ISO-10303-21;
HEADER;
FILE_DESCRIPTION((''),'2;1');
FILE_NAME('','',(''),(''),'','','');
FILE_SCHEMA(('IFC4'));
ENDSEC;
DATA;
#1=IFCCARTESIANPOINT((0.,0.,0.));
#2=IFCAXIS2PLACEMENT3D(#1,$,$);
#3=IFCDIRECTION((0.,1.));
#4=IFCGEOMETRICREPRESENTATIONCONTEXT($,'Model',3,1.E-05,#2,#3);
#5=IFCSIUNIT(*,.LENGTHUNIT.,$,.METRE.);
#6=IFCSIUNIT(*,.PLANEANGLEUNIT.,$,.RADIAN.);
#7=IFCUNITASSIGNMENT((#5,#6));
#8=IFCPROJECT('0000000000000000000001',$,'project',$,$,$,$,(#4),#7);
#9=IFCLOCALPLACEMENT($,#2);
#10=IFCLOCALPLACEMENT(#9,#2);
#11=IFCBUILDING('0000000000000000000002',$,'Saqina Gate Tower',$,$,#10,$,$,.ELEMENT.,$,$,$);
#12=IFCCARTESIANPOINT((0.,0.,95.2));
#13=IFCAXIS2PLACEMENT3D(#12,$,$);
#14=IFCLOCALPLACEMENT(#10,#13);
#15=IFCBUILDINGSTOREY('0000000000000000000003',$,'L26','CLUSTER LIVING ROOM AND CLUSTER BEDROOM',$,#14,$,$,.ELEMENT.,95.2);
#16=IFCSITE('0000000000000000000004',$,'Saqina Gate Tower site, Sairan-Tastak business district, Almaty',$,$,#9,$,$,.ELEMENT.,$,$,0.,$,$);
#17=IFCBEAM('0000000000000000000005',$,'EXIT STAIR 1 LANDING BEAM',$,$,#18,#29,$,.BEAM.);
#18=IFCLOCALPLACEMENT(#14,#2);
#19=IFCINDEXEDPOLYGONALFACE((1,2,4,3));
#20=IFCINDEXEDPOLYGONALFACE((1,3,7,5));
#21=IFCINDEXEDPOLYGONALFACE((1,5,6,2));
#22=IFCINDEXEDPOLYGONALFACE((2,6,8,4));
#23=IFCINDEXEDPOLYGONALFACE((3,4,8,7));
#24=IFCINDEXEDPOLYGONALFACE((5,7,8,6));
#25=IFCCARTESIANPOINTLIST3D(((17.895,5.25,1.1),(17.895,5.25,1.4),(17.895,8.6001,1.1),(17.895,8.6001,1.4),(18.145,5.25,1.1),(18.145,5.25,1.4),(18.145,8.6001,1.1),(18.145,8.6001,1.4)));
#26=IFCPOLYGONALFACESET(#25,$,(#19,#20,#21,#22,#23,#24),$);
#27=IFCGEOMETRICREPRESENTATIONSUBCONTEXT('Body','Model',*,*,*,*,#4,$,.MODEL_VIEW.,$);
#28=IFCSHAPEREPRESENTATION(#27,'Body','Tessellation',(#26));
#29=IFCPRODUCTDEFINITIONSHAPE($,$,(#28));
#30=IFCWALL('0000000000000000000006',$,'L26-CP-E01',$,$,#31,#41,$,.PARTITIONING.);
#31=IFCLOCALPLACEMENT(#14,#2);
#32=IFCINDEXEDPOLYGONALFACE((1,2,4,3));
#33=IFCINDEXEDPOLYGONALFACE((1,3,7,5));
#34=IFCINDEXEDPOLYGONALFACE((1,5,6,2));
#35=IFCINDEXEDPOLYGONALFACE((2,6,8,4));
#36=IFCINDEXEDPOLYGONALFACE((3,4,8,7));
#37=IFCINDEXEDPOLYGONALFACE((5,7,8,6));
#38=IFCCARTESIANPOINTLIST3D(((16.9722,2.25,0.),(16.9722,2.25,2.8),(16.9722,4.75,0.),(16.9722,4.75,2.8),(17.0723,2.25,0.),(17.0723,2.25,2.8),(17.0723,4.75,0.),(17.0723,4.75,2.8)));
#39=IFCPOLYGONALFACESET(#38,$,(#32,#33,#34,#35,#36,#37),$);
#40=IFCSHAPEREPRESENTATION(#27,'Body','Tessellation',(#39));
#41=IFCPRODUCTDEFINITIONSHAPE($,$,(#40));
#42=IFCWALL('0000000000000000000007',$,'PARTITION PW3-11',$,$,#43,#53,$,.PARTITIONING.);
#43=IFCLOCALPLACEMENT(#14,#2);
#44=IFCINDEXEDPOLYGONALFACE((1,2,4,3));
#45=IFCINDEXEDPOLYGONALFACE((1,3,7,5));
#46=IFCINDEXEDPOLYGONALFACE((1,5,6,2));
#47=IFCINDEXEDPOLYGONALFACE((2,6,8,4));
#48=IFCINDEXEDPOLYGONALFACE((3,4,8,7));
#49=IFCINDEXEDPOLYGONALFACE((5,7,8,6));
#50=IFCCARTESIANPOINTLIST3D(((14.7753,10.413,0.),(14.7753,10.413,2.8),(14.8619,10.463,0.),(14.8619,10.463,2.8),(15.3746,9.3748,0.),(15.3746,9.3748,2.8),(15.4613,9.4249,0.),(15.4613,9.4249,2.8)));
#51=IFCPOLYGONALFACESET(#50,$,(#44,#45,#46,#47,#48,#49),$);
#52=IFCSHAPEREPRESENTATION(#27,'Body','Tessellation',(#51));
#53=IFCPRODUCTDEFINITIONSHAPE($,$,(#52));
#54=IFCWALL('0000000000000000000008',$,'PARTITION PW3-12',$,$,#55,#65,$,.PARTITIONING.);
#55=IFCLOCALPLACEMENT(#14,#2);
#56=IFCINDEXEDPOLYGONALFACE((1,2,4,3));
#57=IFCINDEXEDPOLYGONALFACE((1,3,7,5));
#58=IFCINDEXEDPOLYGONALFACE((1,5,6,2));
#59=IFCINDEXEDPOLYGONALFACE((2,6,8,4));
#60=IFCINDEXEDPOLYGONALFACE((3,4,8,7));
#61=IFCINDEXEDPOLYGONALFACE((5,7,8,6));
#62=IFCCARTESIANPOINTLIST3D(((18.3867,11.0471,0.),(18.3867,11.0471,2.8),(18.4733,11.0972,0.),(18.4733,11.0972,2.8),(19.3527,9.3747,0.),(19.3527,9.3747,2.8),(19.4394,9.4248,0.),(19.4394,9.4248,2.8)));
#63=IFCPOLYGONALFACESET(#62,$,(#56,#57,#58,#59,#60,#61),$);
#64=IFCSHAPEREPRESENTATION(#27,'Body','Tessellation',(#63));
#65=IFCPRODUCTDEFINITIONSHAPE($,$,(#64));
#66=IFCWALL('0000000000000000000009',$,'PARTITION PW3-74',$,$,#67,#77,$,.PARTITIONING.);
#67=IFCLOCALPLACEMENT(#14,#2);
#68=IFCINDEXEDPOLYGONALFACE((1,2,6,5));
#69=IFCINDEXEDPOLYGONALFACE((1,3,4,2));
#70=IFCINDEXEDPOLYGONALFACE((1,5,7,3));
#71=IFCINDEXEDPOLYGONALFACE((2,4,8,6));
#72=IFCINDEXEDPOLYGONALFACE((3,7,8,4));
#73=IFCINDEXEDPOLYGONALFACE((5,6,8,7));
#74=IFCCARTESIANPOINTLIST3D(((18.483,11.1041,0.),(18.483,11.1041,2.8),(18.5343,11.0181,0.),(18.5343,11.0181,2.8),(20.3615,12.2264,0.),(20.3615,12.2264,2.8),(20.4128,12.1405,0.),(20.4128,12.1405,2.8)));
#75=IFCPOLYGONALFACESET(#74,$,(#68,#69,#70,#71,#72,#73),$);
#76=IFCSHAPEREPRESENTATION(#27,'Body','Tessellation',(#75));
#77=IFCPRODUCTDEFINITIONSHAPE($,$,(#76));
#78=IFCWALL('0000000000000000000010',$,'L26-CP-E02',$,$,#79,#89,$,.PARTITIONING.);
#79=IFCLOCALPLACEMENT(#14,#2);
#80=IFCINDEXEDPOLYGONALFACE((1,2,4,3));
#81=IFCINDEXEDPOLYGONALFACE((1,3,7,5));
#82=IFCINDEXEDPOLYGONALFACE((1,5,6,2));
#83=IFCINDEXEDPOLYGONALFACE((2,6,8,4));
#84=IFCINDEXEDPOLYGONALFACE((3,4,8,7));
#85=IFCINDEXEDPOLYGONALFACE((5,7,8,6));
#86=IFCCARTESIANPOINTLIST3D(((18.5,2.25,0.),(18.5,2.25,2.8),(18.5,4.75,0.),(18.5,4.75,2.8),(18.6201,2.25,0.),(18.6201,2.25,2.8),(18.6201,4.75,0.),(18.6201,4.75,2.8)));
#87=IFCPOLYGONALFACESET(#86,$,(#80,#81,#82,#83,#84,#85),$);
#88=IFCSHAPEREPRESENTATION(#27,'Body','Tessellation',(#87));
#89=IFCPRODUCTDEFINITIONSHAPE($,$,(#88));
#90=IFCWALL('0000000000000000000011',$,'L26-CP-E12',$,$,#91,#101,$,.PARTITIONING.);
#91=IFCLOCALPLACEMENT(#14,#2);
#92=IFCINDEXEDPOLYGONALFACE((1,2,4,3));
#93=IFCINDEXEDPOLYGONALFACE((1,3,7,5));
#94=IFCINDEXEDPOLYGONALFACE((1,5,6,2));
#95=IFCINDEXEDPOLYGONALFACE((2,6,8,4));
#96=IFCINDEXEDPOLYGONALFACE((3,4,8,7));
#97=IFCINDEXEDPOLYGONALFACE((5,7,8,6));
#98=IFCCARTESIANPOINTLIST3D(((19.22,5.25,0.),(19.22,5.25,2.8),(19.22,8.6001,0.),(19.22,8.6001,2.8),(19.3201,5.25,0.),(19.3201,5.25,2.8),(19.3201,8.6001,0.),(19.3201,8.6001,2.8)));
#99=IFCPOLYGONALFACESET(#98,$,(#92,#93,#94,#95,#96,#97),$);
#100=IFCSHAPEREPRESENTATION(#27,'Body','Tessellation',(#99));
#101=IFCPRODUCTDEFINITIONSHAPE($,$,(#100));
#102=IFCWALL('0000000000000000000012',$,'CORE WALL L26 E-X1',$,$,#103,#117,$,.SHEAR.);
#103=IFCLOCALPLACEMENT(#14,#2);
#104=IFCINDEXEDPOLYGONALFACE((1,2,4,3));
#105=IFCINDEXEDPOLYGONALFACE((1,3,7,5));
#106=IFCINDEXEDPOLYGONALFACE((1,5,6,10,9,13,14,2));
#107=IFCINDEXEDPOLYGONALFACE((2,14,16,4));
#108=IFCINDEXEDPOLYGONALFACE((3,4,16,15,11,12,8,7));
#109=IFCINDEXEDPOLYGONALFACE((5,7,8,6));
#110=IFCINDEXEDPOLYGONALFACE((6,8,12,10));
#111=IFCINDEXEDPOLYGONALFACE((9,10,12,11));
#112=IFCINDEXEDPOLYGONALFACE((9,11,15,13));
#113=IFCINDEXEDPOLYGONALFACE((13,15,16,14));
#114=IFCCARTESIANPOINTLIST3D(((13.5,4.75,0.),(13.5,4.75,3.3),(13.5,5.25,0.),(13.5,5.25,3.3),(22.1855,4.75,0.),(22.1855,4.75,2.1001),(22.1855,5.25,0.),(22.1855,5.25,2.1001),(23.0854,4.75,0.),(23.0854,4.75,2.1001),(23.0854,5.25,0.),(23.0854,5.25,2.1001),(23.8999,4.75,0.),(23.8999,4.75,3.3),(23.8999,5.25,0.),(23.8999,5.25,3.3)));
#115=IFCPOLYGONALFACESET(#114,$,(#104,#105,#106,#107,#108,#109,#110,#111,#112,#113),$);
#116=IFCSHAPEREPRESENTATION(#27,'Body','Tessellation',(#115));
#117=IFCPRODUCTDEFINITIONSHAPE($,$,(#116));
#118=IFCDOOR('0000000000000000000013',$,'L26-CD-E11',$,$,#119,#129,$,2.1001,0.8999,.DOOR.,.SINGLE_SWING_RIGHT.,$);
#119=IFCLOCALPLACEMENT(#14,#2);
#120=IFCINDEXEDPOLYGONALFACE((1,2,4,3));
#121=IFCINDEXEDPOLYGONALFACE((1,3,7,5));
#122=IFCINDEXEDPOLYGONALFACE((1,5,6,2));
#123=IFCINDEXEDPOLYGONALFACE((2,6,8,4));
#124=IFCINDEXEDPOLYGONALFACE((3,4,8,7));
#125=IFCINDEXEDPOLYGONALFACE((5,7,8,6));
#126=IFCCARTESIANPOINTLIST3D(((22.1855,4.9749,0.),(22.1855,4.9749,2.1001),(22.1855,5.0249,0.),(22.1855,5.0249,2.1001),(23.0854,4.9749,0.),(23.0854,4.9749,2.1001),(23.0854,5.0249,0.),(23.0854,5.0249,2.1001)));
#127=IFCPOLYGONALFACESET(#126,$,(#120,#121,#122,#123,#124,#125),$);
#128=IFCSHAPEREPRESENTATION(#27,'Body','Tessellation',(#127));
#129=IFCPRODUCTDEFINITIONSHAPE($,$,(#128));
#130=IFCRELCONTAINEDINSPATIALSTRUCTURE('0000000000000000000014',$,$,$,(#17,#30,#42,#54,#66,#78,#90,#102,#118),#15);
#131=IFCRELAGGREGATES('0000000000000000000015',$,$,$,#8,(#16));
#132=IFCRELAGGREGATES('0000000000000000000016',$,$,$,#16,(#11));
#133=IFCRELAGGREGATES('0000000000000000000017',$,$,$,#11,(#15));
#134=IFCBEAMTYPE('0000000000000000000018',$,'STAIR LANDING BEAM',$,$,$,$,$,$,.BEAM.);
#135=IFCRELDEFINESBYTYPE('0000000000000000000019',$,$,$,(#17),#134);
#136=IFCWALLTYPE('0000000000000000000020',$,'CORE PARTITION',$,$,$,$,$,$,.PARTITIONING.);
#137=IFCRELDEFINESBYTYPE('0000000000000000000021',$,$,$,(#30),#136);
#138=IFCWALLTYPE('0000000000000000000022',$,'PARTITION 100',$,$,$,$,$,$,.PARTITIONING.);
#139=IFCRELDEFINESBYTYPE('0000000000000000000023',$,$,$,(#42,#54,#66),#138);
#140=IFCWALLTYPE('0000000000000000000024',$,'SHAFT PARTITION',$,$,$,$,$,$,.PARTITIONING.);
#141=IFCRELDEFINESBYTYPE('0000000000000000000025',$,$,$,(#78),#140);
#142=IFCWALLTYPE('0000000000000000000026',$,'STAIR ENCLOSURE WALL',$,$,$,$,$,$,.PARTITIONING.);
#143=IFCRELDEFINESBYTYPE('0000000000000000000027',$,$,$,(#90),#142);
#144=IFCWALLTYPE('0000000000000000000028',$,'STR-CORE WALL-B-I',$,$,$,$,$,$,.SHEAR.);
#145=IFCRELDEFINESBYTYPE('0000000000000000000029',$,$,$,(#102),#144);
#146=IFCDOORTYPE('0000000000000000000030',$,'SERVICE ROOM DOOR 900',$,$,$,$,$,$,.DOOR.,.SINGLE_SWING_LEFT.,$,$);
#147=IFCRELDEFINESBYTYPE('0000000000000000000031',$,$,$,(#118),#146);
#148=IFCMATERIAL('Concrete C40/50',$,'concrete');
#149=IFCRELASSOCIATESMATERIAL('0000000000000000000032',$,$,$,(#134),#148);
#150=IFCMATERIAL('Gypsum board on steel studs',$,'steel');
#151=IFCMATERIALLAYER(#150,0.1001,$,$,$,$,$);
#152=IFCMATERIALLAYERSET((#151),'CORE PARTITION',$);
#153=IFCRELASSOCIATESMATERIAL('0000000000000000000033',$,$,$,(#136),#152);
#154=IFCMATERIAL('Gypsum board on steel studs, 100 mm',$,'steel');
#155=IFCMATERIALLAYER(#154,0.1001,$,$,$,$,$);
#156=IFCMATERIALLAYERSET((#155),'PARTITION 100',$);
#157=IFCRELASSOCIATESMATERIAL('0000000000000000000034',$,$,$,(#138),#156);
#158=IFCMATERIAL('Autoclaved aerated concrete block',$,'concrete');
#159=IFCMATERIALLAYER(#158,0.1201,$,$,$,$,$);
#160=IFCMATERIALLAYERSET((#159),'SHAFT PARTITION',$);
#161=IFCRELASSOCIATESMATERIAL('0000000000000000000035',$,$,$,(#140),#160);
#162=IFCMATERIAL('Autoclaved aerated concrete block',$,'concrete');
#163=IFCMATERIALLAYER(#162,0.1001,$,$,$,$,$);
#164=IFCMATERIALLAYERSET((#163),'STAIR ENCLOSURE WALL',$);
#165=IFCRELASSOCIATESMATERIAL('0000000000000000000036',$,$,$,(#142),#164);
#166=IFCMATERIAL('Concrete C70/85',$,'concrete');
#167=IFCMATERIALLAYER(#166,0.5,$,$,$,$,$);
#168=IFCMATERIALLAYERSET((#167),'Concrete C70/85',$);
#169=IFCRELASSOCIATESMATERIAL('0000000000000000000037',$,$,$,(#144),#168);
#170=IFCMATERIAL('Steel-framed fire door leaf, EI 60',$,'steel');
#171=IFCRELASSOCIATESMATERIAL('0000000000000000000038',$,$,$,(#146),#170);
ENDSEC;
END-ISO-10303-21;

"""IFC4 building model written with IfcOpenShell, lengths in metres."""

from ifc_helpers import new_model, si_unit, direction, frame, frame_2d, origin, origin_2d, place, context, subcontext, project, spatial, rectangle, extrude, material, layer, layer_set, material_profile, profile_set, type_object, element, fill, save


model = new_model("IFC4")

# Units and contexts
model_context = context("Model", 3, precision=1e-05, world=origin(), true_north=direction((0.0, 1.0)))
body_context = subcontext(model_context, "Body", "Model", "MODEL_VIEW")
ifc_project = project(units=[si_unit("LENGTHUNIT", "METRE"), si_unit("PLANEANGLEUNIT", "RADIAN")], contexts=[model_context])

# Site, building, storey
site_placement = place(None, origin())
site = spatial("IfcSite", under=ifc_project, at=site_placement, Name="Saqina Gate Tower site, Sairan-Tastak business district, Almaty", CompositionType="ELEMENT", RefElevation=0.0)
building_placement = place(site_placement, origin())
building = spatial("IfcBuilding", under=site, at=building_placement, Name="Saqina Gate Tower", CompositionType="ELEMENT")
storey_placement = place(building_placement, frame((0.0, 0.0, 95.2)))
storey = spatial("IfcBuildingStorey", under=building, at=storey_placement, Name="L26", Description="CLUSTER LIVING ROOM AND CLUSTER BEDROOM", CompositionType="ELEMENT", Elevation=95.2)

# Beam
ifc_material_1 = material(Name="Concrete C40/50", Category="concrete")
ifc_material_profile = material_profile(ifc_material_1, rectangle(XDim=0.25, YDim=0.3, at=origin_2d()), Name="STAIR LANDING BEAM")
ifc_profile_set = profile_set([ifc_material_profile], Name="Concrete C40/50")
beam_type = type_object("IfcBeamType", Name="STAIR LANDING BEAM", PredefinedType="BEAM", material=ifc_profile_set)
beam_placement = place(storey_placement, frame((18.02, 5.25, 1.25), z_axis=(0.0, 1.0, 0.0), x_axis=(-1.0, 0.0, 0.0)))
element("IfcBeam", 1, at=beam_placement, inside=storey, type_object=beam_type, Name="EXIT STAIR 1 LANDING BEAM", PredefinedType="BEAM", context=body_context, shape_type="SweptSolid", body=[
    extrude(rectangle(XDim=0.25, YDim=0.3, at=origin_2d()), origin(), (0.0, 0.0, 1.0), 3.3501),
])

# Walls
ifc_material_2 = material(Name="Gypsum board on steel studs", Category="steel")
ifc_layer_1 = layer(ifc_material_2, 0.1001)
ifc_layer_set_1 = layer_set([ifc_layer_1], Name="CORE PARTITION")
wall_type_1 = type_object("IfcWallType", Name="CORE PARTITION", PredefinedType="PARTITIONING", material=ifc_layer_set_1)
wall_1_placement = place(storey_placement, frame((17.0222, 2.25, 0.0), z_axis=(0.0, 0.0, 1.0), x_axis=(0.0, 1.0, 0.0)))
element("IfcWall", 2, at=wall_1_placement, inside=storey, type_object=wall_type_1, Name="L26-CP-E01", PredefinedType="PARTITIONING", context=body_context, shape_type="SweptSolid", body=[
    extrude(rectangle(XDim=2.5, YDim=0.1001, at=frame_2d((1.25, 0.0))), origin(), (0.0, 0.0, 1.0), 2.8),
])
ifc_material_3 = material(Name="Gypsum board on steel studs, 100 mm", Category="steel")
ifc_layer_2 = layer(ifc_material_3, 0.1001)
ifc_layer_set_2 = layer_set([ifc_layer_2], Name="PARTITION 100")
wall_type_2 = type_object("IfcWallType", Name="PARTITION 100", PredefinedType="PARTITIONING", material=ifc_layer_set_2)
wall_2_placement = place(storey_placement, frame((14.8186, 10.438, 0.0), z_axis=(0.0, 0.0, 1.0), x_axis=(0.500016, -0.866016, 0.0)))
element("IfcWall", 3, at=wall_2_placement, inside=storey, type_object=wall_type_2, Name="PARTITION PW3-11", PredefinedType="PARTITIONING", context=body_context, shape_type="SweptSolid", body=[
    extrude(rectangle(XDim=1.1987, YDim=0.1001, at=frame_2d((0.5994, 0.0))), origin(), (0.0, 0.0, 1.0), 2.8),
])
wall_3_placement = place(storey_placement, frame((18.4299, 11.0723, 0.0), z_axis=(0.0, 0.0, 1.0), x_axis=(0.500204, -0.865908, 0.0)))
element("IfcWall", 4, at=wall_3_placement, inside=storey, type_object=wall_type_2, Name="PARTITION PW3-12", PredefinedType="PARTITIONING", context=body_context, shape_type="SweptSolid", body=[
    extrude(rectangle(XDim=1.9314, YDim=0.1001, at=frame_2d((0.9658, 0.0))), origin(), (0.0, 0.0, 1.0), 2.8),
])
wall_4_placement = place(storey_placement, frame((18.5085, 11.061, 0.0), z_axis=(0.0, 0.0, 1.0), x_axis=(0.858446, 0.512903, 0.0)))
element("IfcWall", 5, at=wall_4_placement, inside=storey, type_object=wall_type_2, Name="PARTITION PW3-74", PredefinedType="PARTITIONING", context=body_context, shape_type="SweptSolid", body=[
    extrude(rectangle(XDim=2.1882, YDim=0.1001, at=frame_2d((1.0942, 0.0))), origin(), (0.0, 0.0, 1.0), 2.8),
])
ifc_material_4 = material(Name="Autoclaved aerated concrete block", Category="concrete")
ifc_layer_3 = layer(ifc_material_4, 0.1201)
ifc_layer_set_3 = layer_set([ifc_layer_3], Name="SHAFT PARTITION")
wall_type_3 = type_object("IfcWallType", Name="SHAFT PARTITION", PredefinedType="PARTITIONING", material=ifc_layer_set_3)
wall_5_placement = place(storey_placement, frame((18.5601, 2.25, 0.0), z_axis=(0.0, 0.0, 1.0), x_axis=(0.0, 1.0, 0.0)))
element("IfcWall", 6, at=wall_5_placement, inside=storey, type_object=wall_type_3, Name="L26-CP-E02", PredefinedType="PARTITIONING", context=body_context, shape_type="SweptSolid", body=[
    extrude(rectangle(XDim=2.5, YDim=0.1201, at=frame_2d((1.25, 0.0))), origin(), (0.0, 0.0, 1.0), 2.8),
])
ifc_material_5 = material(Name="Autoclaved aerated concrete block", Category="concrete")
ifc_layer_4 = layer(ifc_material_5, 0.1001)
ifc_layer_set_4 = layer_set([ifc_layer_4], Name="STAIR ENCLOSURE WALL")
wall_type_4 = type_object("IfcWallType", Name="STAIR ENCLOSURE WALL", PredefinedType="PARTITIONING", material=ifc_layer_set_4)
wall_6_placement = place(storey_placement, frame((19.27, 5.25, 0.0), z_axis=(0.0, 0.0, 1.0), x_axis=(0.0, 1.0, 0.0)))
element("IfcWall", 7, at=wall_6_placement, inside=storey, type_object=wall_type_4, Name="L26-CP-E12", PredefinedType="PARTITIONING", context=body_context, shape_type="SweptSolid", body=[
    extrude(rectangle(XDim=3.3501, YDim=0.1001, at=frame_2d((1.675, 0.0))), origin(), (0.0, 0.0, 1.0), 2.8),
])

# Wall, opening, door
ifc_material_6 = material(Name="Concrete C70/85", Category="concrete")
ifc_layer_5 = layer(ifc_material_6, 0.5)
ifc_layer_set_5 = layer_set([ifc_layer_5], Name="Concrete C70/85")
wall_type_5 = type_object("IfcWallType", Name="STR-CORE WALL-B-I", PredefinedType="SHEAR", material=ifc_layer_set_5)
wall_7_placement = place(storey_placement, frame((13.5, 5.0, 0.0), z_axis=(0.0, 0.0, 1.0), x_axis=(1.0, 0.0, 0.0)))
wall_7 = element("IfcWall", 8, at=wall_7_placement, inside=storey, type_object=wall_type_5, Name="CORE WALL L26 E-X1", PredefinedType="SHEAR", context=body_context, shape_type="SweptSolid", body=[
    extrude(rectangle(XDim=10.3999, YDim=0.5, at=frame_2d((5.2, 0.0))), origin(), (0.0, 0.0, 1.0), 3.3),
])
opening_1_placement = place(wall_7_placement, frame((8.6855, 0.0, 0.0)))
opening_1 = element("IfcOpeningElement", 9, at=opening_1_placement, cuts=wall_7, PredefinedType="OPENING", context=body_context, shape_type="SweptSolid", body=[
    extrude(rectangle(XDim=0.8999, YDim=2.1001, at=frame_2d((0.45, 1.05))), frame((0.0, 0.262, 0.0), z_axis=(0.0, -1.0, 0.0), x_axis=(1.0, 0.0, 0.0)), (0.0, 0.0, 1.0), 0.5239),
])
ifc_material_7 = material(Name="Steel-framed fire door leaf, EI 60", Category="steel")
door_type_1 = type_object("IfcDoorType", Name="SERVICE ROOM DOOR 900", OperationType="SINGLE_SWING_LEFT", PredefinedType="DOOR", material=ifc_material_7)
door_1_placement = place(opening_1_placement, origin())
door_1 = element("IfcDoor", 10, at=door_1_placement, inside=storey, type_object=door_type_1, Name="L26-CD-E11", OperationType="SINGLE_SWING_RIGHT", OverallHeight=2.1001, OverallWidth=0.8999, PredefinedType="DOOR", context=body_context, shape_type="SweptSolid", body=[
    extrude(rectangle(XDim=0.8999, YDim=2.1001, at=frame_2d((0.45, 1.05))), frame((0.0, 0.0249, 0.0), z_axis=(0.0, -1.0, 0.0), x_axis=(1.0, 0.0, 0.0)), (0.0, 0.0, 1.0), 0.05),
])
fill(opening_1, door_1)

save(model, "model.ifc")
